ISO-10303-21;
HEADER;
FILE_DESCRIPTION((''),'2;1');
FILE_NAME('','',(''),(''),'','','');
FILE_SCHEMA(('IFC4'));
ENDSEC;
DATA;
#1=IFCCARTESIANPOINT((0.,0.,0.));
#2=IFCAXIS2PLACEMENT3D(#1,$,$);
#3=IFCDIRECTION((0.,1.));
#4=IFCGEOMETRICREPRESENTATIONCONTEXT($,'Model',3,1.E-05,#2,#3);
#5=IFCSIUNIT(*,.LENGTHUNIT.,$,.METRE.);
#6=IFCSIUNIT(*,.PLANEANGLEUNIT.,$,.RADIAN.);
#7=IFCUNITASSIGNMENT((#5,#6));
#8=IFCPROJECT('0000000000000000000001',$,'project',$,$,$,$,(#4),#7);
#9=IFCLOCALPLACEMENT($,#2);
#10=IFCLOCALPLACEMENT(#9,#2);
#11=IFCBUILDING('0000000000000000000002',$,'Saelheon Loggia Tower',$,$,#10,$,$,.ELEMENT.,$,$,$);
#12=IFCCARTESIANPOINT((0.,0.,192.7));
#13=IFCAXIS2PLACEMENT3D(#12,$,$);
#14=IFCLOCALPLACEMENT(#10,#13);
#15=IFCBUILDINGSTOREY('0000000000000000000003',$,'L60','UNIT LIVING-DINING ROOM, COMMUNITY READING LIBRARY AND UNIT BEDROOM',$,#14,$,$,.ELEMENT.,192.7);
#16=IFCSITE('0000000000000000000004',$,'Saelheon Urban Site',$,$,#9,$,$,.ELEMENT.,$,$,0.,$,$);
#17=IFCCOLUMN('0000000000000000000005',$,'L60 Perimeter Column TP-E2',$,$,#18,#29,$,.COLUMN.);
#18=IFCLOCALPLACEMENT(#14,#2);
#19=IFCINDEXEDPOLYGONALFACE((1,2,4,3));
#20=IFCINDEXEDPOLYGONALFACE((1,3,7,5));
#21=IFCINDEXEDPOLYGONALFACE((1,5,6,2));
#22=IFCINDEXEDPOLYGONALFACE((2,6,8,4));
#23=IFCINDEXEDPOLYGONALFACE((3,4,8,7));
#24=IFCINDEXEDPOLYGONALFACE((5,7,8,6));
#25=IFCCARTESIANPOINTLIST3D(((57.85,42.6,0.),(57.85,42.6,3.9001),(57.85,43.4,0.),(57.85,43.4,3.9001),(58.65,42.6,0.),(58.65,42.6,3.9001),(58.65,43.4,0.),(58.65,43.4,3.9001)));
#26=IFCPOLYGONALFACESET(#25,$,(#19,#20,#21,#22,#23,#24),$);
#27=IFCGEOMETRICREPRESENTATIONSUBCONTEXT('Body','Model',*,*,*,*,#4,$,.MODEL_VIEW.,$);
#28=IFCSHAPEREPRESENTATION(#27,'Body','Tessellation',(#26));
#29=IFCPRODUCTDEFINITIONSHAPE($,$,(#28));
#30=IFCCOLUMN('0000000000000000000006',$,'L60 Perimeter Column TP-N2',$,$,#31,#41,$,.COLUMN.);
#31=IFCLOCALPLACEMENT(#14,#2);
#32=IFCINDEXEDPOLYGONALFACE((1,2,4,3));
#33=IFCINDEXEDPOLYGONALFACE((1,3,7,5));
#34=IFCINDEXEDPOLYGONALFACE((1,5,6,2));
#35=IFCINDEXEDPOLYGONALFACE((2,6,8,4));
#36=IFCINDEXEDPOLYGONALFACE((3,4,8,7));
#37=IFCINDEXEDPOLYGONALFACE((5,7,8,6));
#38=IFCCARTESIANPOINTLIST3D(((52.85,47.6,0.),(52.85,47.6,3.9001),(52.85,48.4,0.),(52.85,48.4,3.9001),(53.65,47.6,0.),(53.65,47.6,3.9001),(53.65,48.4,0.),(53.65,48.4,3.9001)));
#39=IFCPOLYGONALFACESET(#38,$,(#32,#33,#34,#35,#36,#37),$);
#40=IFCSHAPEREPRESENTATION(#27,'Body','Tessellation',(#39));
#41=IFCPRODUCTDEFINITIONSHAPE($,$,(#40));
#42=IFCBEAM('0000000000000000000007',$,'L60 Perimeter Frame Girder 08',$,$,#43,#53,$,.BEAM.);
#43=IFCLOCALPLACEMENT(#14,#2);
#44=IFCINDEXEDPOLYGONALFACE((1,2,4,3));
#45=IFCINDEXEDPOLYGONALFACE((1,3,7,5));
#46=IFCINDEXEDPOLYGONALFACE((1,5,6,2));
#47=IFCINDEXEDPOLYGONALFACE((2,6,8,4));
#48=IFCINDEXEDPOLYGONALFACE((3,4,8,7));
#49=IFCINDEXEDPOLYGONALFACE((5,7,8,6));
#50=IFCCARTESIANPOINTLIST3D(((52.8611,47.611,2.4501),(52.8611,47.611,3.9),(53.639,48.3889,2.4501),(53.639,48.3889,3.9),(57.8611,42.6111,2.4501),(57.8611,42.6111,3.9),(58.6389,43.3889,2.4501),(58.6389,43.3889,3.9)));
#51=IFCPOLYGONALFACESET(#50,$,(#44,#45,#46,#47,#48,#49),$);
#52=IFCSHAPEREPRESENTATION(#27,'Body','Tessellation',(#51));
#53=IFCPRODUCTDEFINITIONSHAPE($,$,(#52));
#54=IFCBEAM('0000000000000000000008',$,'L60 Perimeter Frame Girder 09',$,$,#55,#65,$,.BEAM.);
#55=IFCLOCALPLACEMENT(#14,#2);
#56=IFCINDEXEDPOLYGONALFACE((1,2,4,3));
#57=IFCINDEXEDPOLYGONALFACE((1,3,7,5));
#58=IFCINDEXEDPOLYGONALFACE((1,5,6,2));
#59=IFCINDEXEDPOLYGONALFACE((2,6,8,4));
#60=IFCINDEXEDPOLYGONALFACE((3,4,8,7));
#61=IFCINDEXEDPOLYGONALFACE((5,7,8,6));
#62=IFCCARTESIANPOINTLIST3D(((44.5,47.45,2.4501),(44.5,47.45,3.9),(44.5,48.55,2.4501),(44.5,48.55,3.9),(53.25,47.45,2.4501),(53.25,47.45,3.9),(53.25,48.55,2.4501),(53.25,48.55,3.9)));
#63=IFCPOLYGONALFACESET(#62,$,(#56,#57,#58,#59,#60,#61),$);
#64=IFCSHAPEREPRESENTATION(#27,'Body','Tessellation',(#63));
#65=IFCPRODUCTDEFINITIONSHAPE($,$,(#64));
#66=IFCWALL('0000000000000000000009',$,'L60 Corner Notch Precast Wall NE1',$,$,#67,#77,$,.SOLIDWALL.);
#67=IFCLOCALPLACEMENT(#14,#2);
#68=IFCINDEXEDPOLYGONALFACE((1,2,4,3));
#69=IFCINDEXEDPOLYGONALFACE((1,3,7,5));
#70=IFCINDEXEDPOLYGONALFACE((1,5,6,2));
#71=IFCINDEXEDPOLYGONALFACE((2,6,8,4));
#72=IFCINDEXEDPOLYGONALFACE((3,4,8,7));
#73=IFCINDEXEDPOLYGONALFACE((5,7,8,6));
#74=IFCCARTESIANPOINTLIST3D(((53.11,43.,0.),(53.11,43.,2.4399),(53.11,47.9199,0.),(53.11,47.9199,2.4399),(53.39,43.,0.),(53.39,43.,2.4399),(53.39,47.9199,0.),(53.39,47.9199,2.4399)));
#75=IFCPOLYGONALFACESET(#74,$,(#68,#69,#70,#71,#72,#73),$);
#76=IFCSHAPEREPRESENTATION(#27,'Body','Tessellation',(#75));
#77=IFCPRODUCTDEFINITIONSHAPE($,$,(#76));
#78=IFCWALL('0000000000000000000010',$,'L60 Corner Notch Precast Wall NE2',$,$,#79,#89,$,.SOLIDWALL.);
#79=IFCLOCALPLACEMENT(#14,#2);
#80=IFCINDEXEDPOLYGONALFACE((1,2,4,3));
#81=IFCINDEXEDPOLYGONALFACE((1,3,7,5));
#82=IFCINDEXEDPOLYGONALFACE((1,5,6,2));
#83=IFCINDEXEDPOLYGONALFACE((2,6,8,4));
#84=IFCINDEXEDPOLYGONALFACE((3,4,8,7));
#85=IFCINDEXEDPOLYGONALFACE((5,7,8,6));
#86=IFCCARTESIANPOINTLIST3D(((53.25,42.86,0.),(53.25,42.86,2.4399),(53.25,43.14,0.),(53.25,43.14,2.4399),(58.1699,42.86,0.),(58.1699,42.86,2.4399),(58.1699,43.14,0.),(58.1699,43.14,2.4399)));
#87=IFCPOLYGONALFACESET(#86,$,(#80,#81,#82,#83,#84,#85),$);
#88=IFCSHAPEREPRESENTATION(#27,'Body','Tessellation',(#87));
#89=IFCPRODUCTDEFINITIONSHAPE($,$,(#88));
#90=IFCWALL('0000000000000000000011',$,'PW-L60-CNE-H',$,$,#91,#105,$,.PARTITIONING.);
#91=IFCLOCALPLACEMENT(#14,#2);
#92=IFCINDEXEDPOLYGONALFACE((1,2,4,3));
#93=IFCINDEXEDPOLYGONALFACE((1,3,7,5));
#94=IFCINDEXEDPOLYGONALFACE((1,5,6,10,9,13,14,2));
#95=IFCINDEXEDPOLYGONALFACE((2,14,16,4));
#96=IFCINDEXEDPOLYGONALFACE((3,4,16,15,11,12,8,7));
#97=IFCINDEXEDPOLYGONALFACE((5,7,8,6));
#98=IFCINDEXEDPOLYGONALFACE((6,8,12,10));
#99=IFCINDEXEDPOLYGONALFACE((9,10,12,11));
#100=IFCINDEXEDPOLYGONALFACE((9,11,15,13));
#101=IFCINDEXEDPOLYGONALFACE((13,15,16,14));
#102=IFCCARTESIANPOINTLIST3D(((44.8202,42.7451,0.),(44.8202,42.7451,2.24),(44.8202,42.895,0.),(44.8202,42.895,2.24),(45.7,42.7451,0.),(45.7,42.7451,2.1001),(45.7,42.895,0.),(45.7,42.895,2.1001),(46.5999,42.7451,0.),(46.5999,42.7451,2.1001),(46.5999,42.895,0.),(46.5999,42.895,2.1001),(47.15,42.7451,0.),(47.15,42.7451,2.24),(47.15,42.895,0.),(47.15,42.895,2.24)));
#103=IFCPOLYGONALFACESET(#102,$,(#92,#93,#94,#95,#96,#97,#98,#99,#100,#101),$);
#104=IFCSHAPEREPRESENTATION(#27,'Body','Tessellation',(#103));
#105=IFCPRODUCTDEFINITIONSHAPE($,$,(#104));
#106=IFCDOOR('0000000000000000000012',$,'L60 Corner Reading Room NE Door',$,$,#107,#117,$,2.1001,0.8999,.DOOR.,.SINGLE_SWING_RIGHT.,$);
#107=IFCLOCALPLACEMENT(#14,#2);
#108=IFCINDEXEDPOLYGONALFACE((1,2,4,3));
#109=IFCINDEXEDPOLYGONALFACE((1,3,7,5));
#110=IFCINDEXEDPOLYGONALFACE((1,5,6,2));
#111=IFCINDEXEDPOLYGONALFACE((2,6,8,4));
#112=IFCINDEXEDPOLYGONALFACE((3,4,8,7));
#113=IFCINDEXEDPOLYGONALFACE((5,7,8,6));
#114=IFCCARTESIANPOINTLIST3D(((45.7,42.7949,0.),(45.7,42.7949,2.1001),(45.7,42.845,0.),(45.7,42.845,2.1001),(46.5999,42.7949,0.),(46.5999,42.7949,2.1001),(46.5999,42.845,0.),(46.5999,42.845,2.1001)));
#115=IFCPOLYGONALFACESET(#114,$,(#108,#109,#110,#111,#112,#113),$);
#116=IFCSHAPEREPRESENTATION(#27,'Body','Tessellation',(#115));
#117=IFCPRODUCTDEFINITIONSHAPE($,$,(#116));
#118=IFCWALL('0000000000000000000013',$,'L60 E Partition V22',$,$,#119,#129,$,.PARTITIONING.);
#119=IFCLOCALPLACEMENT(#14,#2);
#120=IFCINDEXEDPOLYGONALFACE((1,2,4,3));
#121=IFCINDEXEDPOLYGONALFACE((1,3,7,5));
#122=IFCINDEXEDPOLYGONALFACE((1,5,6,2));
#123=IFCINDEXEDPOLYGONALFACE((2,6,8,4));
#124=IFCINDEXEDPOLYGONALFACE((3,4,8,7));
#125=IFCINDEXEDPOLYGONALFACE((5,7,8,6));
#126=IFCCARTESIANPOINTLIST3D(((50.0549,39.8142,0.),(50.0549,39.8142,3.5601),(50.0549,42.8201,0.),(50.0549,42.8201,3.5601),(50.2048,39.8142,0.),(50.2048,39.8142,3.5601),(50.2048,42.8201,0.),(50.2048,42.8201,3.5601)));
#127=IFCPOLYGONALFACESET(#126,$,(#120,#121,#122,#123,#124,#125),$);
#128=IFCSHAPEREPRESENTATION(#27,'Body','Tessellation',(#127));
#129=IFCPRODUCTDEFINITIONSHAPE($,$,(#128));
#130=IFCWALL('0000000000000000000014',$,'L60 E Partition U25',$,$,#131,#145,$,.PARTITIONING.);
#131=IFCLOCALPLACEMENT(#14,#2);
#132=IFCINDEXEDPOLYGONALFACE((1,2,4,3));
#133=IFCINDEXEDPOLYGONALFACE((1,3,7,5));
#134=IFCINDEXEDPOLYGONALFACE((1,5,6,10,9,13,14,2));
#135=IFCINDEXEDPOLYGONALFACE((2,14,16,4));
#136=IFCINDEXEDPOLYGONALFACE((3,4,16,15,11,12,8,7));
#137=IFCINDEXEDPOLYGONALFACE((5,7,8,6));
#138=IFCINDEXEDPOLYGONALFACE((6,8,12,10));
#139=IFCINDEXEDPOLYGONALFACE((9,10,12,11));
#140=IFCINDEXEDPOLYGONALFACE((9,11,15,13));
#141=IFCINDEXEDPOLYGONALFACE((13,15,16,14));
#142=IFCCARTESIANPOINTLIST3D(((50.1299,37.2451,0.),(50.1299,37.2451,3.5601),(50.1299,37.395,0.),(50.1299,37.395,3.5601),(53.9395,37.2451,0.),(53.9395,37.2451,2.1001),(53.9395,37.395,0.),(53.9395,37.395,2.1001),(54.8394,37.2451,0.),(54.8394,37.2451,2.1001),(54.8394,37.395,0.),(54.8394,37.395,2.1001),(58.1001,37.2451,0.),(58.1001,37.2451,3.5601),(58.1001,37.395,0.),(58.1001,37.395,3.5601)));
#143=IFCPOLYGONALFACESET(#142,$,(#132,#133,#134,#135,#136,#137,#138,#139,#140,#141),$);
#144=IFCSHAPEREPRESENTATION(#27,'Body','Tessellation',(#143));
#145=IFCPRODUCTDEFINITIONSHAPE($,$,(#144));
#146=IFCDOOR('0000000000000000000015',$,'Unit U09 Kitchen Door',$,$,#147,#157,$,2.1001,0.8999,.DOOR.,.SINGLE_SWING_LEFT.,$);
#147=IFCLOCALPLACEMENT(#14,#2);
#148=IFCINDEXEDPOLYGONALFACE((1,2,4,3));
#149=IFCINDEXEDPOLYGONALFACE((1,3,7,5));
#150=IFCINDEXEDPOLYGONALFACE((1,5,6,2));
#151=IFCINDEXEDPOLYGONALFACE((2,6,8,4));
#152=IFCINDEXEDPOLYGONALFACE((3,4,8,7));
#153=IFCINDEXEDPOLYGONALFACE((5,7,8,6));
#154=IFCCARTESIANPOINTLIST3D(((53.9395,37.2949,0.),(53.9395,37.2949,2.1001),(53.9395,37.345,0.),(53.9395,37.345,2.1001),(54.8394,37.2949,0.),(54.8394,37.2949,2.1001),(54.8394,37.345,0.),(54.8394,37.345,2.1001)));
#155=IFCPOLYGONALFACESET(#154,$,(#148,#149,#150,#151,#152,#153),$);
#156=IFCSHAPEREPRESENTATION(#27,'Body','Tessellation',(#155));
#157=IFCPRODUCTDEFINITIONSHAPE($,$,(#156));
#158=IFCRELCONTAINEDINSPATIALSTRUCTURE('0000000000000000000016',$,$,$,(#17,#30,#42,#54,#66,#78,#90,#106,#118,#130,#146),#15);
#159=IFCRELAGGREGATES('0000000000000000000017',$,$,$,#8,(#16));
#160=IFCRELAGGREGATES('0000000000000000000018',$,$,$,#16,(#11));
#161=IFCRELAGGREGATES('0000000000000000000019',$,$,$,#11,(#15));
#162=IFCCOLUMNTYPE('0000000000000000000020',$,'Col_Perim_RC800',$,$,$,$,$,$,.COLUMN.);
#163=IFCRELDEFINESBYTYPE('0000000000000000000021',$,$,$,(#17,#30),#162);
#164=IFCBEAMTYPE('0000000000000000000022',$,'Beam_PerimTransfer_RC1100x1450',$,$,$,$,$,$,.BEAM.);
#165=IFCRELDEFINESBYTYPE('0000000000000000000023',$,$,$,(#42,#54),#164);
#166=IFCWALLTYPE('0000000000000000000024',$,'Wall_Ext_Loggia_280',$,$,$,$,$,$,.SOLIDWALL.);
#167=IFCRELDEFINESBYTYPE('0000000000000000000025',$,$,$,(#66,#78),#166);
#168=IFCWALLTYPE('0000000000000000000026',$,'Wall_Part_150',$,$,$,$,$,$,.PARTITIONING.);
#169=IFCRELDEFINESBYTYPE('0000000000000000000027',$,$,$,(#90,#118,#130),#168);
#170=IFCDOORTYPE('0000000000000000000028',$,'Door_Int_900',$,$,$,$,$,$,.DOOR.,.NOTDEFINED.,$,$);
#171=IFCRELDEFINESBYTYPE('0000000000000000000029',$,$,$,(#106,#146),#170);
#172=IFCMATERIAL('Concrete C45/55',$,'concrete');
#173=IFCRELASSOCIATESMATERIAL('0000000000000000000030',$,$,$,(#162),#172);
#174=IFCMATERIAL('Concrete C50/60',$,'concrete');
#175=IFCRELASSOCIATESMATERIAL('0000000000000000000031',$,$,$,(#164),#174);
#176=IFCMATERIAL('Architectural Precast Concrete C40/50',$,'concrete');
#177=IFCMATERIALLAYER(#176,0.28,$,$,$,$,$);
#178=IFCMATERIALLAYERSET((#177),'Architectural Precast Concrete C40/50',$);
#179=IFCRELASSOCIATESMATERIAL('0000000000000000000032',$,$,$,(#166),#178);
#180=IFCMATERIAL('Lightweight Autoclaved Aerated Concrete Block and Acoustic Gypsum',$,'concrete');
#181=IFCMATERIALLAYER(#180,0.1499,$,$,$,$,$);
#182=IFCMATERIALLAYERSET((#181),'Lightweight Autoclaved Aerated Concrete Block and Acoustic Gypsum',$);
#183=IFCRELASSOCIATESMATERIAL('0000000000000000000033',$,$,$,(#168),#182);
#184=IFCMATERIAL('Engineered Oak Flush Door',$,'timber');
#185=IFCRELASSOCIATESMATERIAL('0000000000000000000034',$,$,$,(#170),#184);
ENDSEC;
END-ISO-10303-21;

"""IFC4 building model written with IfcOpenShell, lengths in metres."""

from ifc_helpers import new_model, si_unit, direction, frame, frame_2d, origin, origin_2d, place, context, subcontext, project, spatial, rectangle, extrude, source, transform, mapped, material, layer, layer_set, material_profile, profile_set, type_object, element, fill, save


model = new_model("IFC4")

# Units and contexts
model_context = context("Model", 3, precision=1e-05, world=origin(), true_north=direction((0.0, 1.0)))
body_context = subcontext(model_context, "Body", "Model", "MODEL_VIEW")
ifc_project = project(units=[si_unit("LENGTHUNIT", "METRE"), si_unit("PLANEANGLEUNIT", "RADIAN")], contexts=[model_context])

# Site, building, storey
site_placement = place(None, origin())
site = spatial("IfcSite", under=ifc_project, at=site_placement, Name="Saelheon Urban Site", CompositionType="ELEMENT", RefElevation=0.0)
building_placement = place(site_placement, origin())
building = spatial("IfcBuilding", under=site, at=building_placement, Name="Saelheon Loggia Tower", CompositionType="ELEMENT")
storey_placement = place(building_placement, frame((0.0, 0.0, 192.7)))
storey = spatial("IfcBuildingStorey", under=building, at=storey_placement, Name="L60", Description="UNIT LIVING-DINING ROOM, COMMUNITY READING LIBRARY AND UNIT BEDROOM", CompositionType="ELEMENT", Elevation=192.7)

# Columns
ifc_material_1 = material(Name="Concrete C45/55", Category="concrete")
ifc_material_profile_1 = material_profile(ifc_material_1, rectangle(XDim=0.8, YDim=0.8, at=origin_2d()), Name="RC-800x800")
ifc_profile_set_1 = profile_set([ifc_material_profile_1], Name="Concrete C45/55")
column_type = type_object("IfcColumnType", Name="Col_Perim_RC800", PredefinedType="COLUMN", material=ifc_profile_set_1)
shared_shape_1 = source(origin(), body_context, "Body", "SweptSolid", [
    extrude(rectangle(XDim=0.8, YDim=0.8, at=origin_2d()), origin(), (0.0, 0.0, 1.0), 3.9001),
])
for number, where, z_axis, x_axis, name in (
    (1, (58.25, 43.0, 0.0), (0.0, 0.0, 1.0), (1.0, 0.0, 0.0), "L60 Perimeter Column TP-E2"),
    (2, (53.25, 48.0, 0.0), (0.0, 0.0, 1.0), (1.0, 0.0, 0.0), "L60 Perimeter Column TP-N2"),
):
    element("IfcColumn", number, at=place(storey_placement, frame(where, z_axis=z_axis, x_axis=x_axis)), inside=storey, type_object=column_type, Name=name, PredefinedType="COLUMN", context=body_context, shape_type="MappedRepresentation", body=[
        mapped(shared_shape_1, transform((0.0, 0.0, 0.0), scale=1.0)),
    ])

# Beams
ifc_material_2 = material(Name="Concrete C50/60", Category="concrete")
ifc_material_profile_2 = material_profile(ifc_material_2, rectangle(XDim=1.1001, YDim=1.45, at=origin_2d()), Name="RC-1100x1450")
ifc_profile_set_2 = profile_set([ifc_material_profile_2], Name="Concrete C50/60")
beam_type = type_object("IfcBeamType", Name="Beam_PerimTransfer_RC1100x1450", PredefinedType="BEAM", material=ifc_profile_set_2)
shared_shape_2 = source(origin(), body_context, "Body", "SweptSolid", [
    extrude(rectangle(XDim=1.1001, YDim=1.45, at=origin_2d()), origin(), (0.0, 0.0, 1.0), 7.071),
])
beam_1_placement = place(storey_placement, frame((58.25, 43.0, 3.175), z_axis=(-0.707107, 0.707107, 0.0), x_axis=(-0.707107, -0.707107, 0.0)))
element("IfcBeam", 3, at=beam_1_placement, inside=storey, type_object=beam_type, Name="L60 Perimeter Frame Girder 08", PredefinedType="BEAM", context=body_context, shape_type="MappedRepresentation", body=[
    mapped(shared_shape_2, transform((0.0, 0.0, 0.0), scale=1.0)),
])
shared_shape_3 = source(origin(), body_context, "Body", "SweptSolid", [
    extrude(rectangle(XDim=1.1001, YDim=1.45, at=origin_2d()), origin(), (0.0, 0.0, 1.0), 8.75),
])
beam_2_placement = place(storey_placement, frame((53.25, 48.0, 3.175), z_axis=(-1.0, 0.0, 0.0), x_axis=(0.0, -1.0, 0.0)))
element("IfcBeam", 4, at=beam_2_placement, inside=storey, type_object=beam_type, Name="L60 Perimeter Frame Girder 09", PredefinedType="BEAM", context=body_context, shape_type="MappedRepresentation", body=[
    mapped(shared_shape_3, transform((0.0, 0.0, 0.0), scale=1.0)),
])

# Walls
ifc_material_3 = material(Name="Architectural Precast Concrete C40/50", Category="concrete")
ifc_layer_1 = layer(ifc_material_3, 0.28)
ifc_layer_set_1 = layer_set([ifc_layer_1], Name="Architectural Precast Concrete C40/50")
wall_type_1 = type_object("IfcWallType", Name="Wall_Ext_Loggia_280", PredefinedType="SOLIDWALL", material=ifc_layer_set_1)
for number, where, z_axis, x_axis, name in (
    (5, (53.25, 43.0, 0.0), (0.0, 0.0, 1.0), (0.0, 1.0, 0.0), "L60 Corner Notch Precast Wall NE1"),
    (6, (53.25, 43.0, 0.0), (0.0, 0.0, 1.0), (1.0, 0.0, 0.0), "L60 Corner Notch Precast Wall NE2"),
):
    element("IfcWall", number, at=place(storey_placement, frame(where, z_axis=z_axis, x_axis=x_axis)), inside=storey, type_object=wall_type_1, Name=name, PredefinedType="SOLIDWALL", context=body_context, shape_type="SweptSolid", body=[
        extrude(rectangle(XDim=4.9199, YDim=0.28, at=frame_2d((2.46, 0.0))), origin(), (0.0, 0.0, 1.0), 2.4399),
    ])

# Wall, opening, door
ifc_material_4 = material(Name="Lightweight Autoclaved Aerated Concrete Block and Acoustic Gypsum", Category="concrete")
ifc_layer_2 = layer(ifc_material_4, 0.1499)
ifc_layer_set_2 = layer_set([ifc_layer_2], Name="Lightweight Autoclaved Aerated Concrete Block and Acoustic Gypsum")
wall_type_2 = type_object("IfcWallType", Name="Wall_Part_150", PredefinedType="PARTITIONING", material=ifc_layer_set_2)
wall_1_placement = place(storey_placement, frame((44.8201, 42.8201, 0.0), z_axis=(0.0, 0.0, 1.0), x_axis=(1.0, 0.0, 0.0)))
wall_1 = element("IfcWall", 7, at=wall_1_placement, inside=storey, type_object=wall_type_2, Name="PW-L60-CNE-H", PredefinedType="PARTITIONING", context=body_context, shape_type="SweptSolid", body=[
    extrude(rectangle(XDim=2.3298, YDim=0.1499, at=frame_2d((1.165, 0.0))), origin(), (0.0, 0.0, 1.0), 2.24),
])
opening_1_placement = place(wall_1_placement, frame((0.8799, 0.0, 0.0)))
opening_1 = element("IfcOpeningElement", 8, at=opening_1_placement, cuts=wall_1, PredefinedType="OPENING", context=body_context, shape_type="SweptSolid", body=[
    extrude(rectangle(XDim=0.8999, YDim=2.1001, at=frame_2d((0.45, 1.05))), frame((0.0, 0.0869, 0.0), z_axis=(0.0, -1.0, 0.0), x_axis=(1.0, 0.0, 0.0)), (0.0, 0.0, 1.0), 0.1738),
])
ifc_material_5 = material(Name="Engineered Oak Flush Door", Category="timber")
door_type_1 = type_object("IfcDoorType", Name="Door_Int_900", OperationType="NOTDEFINED", PredefinedType="DOOR", material=ifc_material_5)
shared_shape_4 = source(origin(), body_context, "Body", "SweptSolid", [
    extrude(rectangle(XDim=0.8999, YDim=2.1001, at=frame_2d((0.45, 1.05))), frame((0.0, 0.0249, 0.0), z_axis=(0.0, -1.0, 0.0), x_axis=(1.0, 0.0, 0.0)), (0.0, 0.0, 1.0), 0.05),
])
door_1_placement = place(opening_1_placement, origin())
door_1 = element("IfcDoor", 9, at=door_1_placement, inside=storey, type_object=door_type_1, Name="L60 Corner Reading Room NE Door", OperationType="SINGLE_SWING_RIGHT", OverallHeight=2.1001, OverallWidth=0.8999, PredefinedType="DOOR", context=body_context, shape_type="MappedRepresentation", body=[
    mapped(shared_shape_4, transform((0.0, 0.0, 0.0), scale=1.0)),
])
fill(opening_1, door_1)

# Wall
wall_2_placement = place(storey_placement, frame((50.1299, 39.8142, 0.0), z_axis=(0.0, 0.0, 1.0), x_axis=(0.0, 1.0, 0.0)))
element("IfcWall", 10, at=wall_2_placement, inside=storey, type_object=wall_type_2, Name="L60 E Partition V22", PredefinedType="PARTITIONING", context=body_context, shape_type="SweptSolid", body=[
    extrude(rectangle(XDim=3.0059, YDim=0.1499, at=frame_2d((1.5029, 0.0))), origin(), (0.0, 0.0, 1.0), 3.5601),
])

# Wall, opening, door
wall_3_placement = place(storey_placement, frame((50.1299, 37.3201, 0.0), z_axis=(0.0, 0.0, 1.0), x_axis=(1.0, 0.0, 0.0)))
wall_3 = element("IfcWall", 11, at=wall_3_placement, inside=storey, type_object=wall_type_2, Name="L60 E Partition U25", PredefinedType="PARTITIONING", context=body_context, shape_type="SweptSolid", body=[
    extrude(rectangle(XDim=7.9702, YDim=0.1499, at=frame_2d((3.9851, 0.0))), origin(), (0.0, 0.0, 1.0), 3.5601),
])
opening_2_placement = place(wall_3_placement, frame((3.8096, 0.0, 0.0)))
opening_2 = element("IfcOpeningElement", 12, at=opening_2_placement, cuts=wall_3, PredefinedType="OPENING", context=body_context, shape_type="SweptSolid", body=[
    extrude(rectangle(XDim=0.8999, YDim=2.1001, at=frame_2d((0.45, 1.05))), frame((0.0, 0.0869, 0.0), z_axis=(0.0, -1.0, 0.0), x_axis=(1.0, 0.0, 0.0)), (0.0, 0.0, 1.0), 0.1738),
])
door_2_placement = place(opening_2_placement, origin())
door_2 = element("IfcDoor", 13, at=door_2_placement, inside=storey, type_object=door_type_1, Name="Unit U09 Kitchen Door", OperationType="SINGLE_SWING_LEFT", OverallHeight=2.1001, OverallWidth=0.8999, PredefinedType="DOOR", context=body_context, shape_type="MappedRepresentation", body=[
    mapped(shared_shape_4, transform((0.0, 0.0, 0.0), scale=1.0)),
])
fill(opening_2, door_2)

save(model, "model.ifc")
